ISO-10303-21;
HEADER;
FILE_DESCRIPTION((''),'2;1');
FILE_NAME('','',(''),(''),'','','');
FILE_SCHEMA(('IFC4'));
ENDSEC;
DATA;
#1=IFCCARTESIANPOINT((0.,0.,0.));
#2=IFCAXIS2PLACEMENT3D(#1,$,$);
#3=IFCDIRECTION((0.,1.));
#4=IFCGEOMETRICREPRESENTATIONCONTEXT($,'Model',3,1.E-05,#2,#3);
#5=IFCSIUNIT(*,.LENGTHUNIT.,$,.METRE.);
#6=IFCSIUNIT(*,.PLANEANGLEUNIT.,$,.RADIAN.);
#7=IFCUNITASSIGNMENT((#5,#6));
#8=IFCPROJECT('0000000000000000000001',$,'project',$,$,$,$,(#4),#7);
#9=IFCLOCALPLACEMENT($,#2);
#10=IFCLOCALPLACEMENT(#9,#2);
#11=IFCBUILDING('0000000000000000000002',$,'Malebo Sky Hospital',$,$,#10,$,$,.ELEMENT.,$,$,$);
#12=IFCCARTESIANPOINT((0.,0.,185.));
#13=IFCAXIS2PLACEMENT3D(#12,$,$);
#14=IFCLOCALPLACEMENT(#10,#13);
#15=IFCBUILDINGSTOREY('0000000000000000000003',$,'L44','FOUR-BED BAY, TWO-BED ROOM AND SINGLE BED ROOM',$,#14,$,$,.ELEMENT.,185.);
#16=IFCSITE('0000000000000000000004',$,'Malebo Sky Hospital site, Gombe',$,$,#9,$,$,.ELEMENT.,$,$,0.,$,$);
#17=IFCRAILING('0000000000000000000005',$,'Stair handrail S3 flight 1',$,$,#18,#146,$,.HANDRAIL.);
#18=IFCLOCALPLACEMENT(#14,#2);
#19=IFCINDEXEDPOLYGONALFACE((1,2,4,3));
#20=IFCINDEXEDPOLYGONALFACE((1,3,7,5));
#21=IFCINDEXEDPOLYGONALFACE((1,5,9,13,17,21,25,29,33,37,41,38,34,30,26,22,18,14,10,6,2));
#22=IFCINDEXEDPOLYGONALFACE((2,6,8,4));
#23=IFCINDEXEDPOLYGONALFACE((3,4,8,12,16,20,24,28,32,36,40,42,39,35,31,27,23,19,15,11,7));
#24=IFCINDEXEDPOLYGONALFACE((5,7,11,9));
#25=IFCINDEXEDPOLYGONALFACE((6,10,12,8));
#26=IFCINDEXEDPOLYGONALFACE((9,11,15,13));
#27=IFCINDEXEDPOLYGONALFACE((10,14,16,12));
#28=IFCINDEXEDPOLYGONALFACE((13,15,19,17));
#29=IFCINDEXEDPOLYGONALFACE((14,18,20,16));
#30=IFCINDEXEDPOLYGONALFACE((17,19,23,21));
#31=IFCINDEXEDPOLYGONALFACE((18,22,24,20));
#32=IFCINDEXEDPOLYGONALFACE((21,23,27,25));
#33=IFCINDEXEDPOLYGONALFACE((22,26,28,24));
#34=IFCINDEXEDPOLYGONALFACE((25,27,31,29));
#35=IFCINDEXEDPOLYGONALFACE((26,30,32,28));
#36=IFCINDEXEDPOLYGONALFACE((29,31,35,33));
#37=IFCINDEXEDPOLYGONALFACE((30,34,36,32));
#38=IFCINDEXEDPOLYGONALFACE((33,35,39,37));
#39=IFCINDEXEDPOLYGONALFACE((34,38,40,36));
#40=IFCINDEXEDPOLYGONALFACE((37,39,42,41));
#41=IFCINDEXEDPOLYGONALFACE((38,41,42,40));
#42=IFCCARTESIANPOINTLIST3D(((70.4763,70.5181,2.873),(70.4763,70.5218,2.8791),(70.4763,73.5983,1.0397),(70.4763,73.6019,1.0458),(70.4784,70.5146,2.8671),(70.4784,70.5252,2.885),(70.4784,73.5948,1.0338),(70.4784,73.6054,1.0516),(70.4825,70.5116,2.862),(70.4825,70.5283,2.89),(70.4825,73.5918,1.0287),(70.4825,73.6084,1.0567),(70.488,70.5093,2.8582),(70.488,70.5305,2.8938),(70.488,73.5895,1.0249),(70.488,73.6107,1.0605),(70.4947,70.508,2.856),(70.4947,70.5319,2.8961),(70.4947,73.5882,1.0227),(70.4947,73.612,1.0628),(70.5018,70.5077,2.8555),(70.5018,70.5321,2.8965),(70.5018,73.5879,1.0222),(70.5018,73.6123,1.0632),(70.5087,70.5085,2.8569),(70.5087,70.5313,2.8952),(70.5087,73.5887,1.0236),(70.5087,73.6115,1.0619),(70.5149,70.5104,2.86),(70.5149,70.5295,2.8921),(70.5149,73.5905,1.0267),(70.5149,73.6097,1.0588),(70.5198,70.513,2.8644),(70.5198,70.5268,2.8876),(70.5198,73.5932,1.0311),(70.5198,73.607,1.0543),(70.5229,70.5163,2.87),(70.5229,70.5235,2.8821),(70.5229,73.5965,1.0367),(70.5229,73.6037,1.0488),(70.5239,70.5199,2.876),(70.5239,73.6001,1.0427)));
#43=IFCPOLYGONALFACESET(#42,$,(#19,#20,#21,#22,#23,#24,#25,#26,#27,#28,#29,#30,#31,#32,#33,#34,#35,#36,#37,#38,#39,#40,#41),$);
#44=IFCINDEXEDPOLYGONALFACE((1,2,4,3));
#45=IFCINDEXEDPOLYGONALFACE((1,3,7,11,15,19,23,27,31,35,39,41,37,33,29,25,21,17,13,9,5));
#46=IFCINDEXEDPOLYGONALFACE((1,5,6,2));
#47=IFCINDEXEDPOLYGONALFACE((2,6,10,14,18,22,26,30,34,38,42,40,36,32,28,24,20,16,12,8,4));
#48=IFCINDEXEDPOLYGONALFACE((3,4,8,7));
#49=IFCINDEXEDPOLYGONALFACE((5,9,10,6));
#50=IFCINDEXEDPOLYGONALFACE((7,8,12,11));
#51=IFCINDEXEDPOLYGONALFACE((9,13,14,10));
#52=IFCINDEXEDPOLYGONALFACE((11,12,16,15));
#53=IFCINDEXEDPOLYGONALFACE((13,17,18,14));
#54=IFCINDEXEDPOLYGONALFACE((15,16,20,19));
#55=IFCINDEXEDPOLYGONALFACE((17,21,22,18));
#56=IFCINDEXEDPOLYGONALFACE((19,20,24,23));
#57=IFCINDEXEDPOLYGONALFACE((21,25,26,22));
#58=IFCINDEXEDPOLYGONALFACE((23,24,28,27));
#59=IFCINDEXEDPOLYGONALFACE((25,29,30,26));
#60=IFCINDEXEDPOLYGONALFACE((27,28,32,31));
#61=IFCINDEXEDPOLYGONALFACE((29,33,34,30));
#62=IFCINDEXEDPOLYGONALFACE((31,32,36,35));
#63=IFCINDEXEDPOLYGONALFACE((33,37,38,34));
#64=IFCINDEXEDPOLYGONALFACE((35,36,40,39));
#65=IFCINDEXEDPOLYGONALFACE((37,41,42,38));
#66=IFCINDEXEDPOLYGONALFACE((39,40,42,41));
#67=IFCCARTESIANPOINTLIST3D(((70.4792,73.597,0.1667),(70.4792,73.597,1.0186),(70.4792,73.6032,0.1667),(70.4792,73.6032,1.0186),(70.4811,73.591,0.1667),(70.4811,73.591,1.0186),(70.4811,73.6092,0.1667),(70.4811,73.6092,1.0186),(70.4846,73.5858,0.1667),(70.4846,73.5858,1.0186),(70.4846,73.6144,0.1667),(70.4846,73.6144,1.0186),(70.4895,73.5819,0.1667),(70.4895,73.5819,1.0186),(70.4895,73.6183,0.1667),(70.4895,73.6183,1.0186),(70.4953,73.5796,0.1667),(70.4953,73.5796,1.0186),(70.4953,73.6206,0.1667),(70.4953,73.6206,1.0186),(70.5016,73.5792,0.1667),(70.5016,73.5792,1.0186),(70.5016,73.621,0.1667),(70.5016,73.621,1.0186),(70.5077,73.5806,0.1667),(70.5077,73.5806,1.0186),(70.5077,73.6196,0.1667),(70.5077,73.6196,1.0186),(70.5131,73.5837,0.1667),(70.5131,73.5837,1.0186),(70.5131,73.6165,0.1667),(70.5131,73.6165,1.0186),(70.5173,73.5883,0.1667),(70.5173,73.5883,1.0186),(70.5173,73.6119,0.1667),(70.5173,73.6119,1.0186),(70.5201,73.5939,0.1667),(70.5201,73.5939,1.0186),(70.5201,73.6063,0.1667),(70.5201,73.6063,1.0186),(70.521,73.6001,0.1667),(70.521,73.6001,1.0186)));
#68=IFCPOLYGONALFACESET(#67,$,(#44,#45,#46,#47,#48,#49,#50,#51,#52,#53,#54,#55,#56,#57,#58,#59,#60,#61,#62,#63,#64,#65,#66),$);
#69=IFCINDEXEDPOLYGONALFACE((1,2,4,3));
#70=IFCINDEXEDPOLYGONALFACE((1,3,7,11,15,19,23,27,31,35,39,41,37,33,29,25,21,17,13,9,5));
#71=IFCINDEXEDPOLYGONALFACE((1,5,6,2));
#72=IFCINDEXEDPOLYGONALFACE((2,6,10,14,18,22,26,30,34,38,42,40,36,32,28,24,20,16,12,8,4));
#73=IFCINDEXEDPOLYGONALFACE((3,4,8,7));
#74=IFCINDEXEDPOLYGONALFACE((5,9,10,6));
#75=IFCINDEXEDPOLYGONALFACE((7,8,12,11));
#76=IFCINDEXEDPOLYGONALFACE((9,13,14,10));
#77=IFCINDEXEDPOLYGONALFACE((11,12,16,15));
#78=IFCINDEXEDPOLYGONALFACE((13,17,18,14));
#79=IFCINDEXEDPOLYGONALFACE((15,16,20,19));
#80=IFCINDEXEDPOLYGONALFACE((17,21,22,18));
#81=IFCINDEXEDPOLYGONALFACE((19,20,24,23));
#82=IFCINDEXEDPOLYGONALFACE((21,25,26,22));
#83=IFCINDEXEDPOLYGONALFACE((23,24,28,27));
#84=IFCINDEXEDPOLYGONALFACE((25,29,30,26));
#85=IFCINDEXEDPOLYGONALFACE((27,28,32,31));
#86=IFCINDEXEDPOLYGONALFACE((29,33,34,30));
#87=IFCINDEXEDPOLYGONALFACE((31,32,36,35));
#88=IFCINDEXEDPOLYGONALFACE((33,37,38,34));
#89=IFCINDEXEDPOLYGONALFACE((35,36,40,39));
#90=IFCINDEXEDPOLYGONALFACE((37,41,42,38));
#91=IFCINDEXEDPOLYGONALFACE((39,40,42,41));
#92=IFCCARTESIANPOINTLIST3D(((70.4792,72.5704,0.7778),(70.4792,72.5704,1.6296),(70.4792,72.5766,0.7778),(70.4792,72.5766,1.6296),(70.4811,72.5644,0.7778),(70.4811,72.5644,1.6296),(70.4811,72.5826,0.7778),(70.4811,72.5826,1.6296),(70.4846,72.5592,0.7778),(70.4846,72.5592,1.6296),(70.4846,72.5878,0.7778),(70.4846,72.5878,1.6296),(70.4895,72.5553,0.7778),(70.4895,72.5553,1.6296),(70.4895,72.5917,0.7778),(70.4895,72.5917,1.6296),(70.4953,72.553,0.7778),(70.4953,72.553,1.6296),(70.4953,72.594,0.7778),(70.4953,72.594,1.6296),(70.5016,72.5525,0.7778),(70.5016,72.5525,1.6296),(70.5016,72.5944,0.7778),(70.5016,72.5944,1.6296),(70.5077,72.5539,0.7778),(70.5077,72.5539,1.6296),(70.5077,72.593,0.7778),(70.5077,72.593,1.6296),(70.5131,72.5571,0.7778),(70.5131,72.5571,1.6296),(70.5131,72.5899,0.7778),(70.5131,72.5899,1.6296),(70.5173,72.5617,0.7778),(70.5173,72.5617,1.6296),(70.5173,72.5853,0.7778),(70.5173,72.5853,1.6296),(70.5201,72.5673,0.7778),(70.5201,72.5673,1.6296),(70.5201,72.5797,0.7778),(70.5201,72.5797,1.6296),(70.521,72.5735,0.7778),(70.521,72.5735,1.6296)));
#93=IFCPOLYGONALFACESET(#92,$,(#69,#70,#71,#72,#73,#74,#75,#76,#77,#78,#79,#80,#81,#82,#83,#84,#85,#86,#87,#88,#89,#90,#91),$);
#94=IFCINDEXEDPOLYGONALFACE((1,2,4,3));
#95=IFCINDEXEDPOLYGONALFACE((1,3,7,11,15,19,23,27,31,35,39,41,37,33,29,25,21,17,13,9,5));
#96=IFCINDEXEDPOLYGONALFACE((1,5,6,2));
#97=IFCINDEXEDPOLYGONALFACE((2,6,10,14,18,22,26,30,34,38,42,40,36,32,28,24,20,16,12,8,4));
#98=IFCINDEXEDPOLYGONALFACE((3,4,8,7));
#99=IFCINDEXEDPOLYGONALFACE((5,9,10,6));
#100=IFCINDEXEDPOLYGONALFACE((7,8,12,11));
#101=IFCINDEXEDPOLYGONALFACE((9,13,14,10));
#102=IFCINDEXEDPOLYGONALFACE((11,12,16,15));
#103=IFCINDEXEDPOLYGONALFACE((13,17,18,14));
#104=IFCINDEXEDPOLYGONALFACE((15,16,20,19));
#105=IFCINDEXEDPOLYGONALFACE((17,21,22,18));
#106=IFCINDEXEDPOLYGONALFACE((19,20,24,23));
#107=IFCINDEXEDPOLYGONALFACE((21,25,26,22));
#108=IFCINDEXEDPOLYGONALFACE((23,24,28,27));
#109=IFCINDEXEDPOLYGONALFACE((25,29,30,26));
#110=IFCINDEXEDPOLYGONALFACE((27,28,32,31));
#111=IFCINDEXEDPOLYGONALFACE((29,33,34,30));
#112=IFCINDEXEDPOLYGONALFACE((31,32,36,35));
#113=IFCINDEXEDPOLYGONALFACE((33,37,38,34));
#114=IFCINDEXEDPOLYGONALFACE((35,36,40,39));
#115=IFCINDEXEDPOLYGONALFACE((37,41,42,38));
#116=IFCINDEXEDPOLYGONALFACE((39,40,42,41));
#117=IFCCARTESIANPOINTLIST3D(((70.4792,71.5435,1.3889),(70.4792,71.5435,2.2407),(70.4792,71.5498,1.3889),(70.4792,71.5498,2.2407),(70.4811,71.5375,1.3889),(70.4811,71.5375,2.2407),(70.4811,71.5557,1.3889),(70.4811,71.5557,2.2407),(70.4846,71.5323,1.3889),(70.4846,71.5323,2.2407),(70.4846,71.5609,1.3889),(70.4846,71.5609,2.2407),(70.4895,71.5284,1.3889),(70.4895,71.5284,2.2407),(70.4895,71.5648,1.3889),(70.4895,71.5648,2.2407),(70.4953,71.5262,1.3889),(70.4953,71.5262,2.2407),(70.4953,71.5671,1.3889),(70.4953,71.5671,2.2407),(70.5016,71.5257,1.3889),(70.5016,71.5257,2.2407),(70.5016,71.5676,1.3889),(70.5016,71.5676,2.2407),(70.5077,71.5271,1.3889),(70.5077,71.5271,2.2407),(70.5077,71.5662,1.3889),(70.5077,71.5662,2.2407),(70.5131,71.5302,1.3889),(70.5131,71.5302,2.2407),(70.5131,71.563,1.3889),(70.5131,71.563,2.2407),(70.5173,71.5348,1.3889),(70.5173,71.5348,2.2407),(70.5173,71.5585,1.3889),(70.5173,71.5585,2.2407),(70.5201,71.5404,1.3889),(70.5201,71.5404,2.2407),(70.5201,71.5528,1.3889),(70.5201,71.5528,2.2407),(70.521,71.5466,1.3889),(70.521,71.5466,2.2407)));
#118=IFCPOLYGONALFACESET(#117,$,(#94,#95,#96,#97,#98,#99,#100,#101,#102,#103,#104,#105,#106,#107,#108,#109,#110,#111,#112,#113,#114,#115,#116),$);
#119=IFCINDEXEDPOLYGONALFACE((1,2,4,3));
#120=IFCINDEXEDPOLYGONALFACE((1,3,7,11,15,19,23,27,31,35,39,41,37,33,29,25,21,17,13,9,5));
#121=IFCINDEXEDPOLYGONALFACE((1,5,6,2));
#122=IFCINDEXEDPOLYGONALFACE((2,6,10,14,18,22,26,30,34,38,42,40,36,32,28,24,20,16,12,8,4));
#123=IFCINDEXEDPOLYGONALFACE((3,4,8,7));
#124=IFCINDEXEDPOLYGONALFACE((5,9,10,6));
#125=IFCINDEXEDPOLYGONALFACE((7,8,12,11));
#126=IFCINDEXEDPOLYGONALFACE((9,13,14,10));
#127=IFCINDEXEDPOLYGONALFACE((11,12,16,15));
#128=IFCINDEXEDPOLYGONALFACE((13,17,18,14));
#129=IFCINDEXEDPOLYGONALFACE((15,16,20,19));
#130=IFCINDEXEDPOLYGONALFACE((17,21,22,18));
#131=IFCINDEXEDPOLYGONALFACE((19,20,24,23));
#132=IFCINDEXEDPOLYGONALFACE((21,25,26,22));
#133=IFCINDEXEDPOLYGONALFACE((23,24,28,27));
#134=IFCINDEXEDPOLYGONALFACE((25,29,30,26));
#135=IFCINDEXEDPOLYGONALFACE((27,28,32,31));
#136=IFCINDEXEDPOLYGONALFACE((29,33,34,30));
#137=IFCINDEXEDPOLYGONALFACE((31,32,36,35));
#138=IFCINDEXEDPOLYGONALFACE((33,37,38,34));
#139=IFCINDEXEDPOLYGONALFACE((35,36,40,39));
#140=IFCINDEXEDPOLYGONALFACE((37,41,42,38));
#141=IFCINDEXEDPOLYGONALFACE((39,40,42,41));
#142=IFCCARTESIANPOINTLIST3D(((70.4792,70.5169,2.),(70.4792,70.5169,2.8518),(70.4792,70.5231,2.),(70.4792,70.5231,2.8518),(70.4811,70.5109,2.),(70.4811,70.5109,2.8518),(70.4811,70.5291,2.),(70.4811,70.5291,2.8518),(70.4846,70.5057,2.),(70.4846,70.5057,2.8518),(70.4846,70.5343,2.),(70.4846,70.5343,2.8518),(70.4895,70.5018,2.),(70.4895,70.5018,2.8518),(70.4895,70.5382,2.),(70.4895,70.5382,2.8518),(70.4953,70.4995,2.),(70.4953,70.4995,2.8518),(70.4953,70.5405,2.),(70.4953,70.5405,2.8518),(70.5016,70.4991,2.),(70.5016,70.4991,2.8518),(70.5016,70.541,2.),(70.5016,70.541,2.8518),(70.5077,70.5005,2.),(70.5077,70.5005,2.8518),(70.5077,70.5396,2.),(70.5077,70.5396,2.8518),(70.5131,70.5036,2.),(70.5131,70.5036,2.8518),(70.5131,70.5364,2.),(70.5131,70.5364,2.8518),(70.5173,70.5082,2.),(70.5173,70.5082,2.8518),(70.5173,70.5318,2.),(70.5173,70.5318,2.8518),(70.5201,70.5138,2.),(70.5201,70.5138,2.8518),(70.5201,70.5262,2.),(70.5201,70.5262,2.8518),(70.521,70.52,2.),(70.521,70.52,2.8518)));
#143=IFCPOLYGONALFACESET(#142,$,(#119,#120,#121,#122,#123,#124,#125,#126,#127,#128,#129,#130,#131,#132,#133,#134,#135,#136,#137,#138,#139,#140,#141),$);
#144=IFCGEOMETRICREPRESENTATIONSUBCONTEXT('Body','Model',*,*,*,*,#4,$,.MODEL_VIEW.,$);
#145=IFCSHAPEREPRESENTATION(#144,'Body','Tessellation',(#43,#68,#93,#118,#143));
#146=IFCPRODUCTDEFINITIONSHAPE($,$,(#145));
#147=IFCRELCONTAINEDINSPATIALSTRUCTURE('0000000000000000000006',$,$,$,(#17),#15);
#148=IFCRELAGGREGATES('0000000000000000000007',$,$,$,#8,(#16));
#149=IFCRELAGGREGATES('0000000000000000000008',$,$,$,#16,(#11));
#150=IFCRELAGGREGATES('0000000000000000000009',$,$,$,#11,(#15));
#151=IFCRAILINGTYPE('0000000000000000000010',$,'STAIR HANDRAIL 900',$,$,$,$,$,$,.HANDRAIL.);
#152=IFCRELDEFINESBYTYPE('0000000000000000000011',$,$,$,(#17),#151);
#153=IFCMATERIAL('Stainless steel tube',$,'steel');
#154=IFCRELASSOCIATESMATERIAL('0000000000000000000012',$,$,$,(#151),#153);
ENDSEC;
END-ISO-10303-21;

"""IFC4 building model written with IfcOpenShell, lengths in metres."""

from ifc_helpers import new_model, si_unit, direction, frame, origin, origin_2d, place, context, subcontext, project, spatial, circle, extrude, material, type_object, element, save


model = new_model("IFC4")

# Units and contexts
model_context = context("Model", 3, precision=1e-05, world=origin(), true_north=direction((0.0, 1.0)))
body_context = subcontext(model_context, "Body", "Model", "MODEL_VIEW")
ifc_project = project(units=[si_unit("LENGTHUNIT", "METRE"), si_unit("PLANEANGLEUNIT", "RADIAN")], contexts=[model_context])

# Site, building, storey
site_placement = place(None, origin())
site = spatial("IfcSite", under=ifc_project, at=site_placement, Name="Malebo Sky Hospital site, Gombe", CompositionType="ELEMENT", RefElevation=0.0)
building_placement = place(site_placement, origin())
building = spatial("IfcBuilding", under=site, at=building_placement, Name="Malebo Sky Hospital", CompositionType="ELEMENT")
storey_placement = place(building_placement, frame((0.0, 0.0, 185.0)))
storey = spatial("IfcBuildingStorey", under=building, at=storey_placement, Name="L44", Description="FOUR-BED BAY, TWO-BED ROOM AND SINGLE BED ROOM", CompositionType="ELEMENT", Elevation=185.0)

# Railing
ifc_material_1 = material(Name="Stainless steel tube", Category="steel")
railing_type = type_object("IfcRailingType", Name="STAIR HANDRAIL 900", PredefinedType="HANDRAIL", material=ifc_material_1)
railing_1_placement = place(storey_placement, frame((70.5, 73.6001, 0.1667)))
element("IfcRailing", 1, at=railing_1_placement, inside=storey, type_object=railing_type, Name="Stair handrail S3 flight 1", PredefinedType="HANDRAIL", context=body_context, shape_type="SweptSolid", body=[
    extrude(circle(Radius=0.0239, at=origin_2d()), frame((0.0, 0.0, 0.876), z_axis=(0.0, -0.859309, 0.511458), x_axis=(1.0, 0.0, 0.0)), (0.0, 0.0, 1.0), 3.5845),
    extrude(circle(Radius=0.021, at=origin_2d()), origin(), (0.0, 0.0, 1.0), 0.8518),
    extrude(circle(Radius=0.021, at=origin_2d()), frame((0.0, -1.0266, 0.6111)), (0.0, 0.0, 1.0), 0.8518),
    extrude(circle(Radius=0.021, at=origin_2d()), frame((0.0, -2.0535, 1.2222)), (0.0, 0.0, 1.0), 0.8518),
    extrude(circle(Radius=0.021, at=origin_2d()), frame((0.0, -3.0801, 1.8333)), (0.0, 0.0, 1.0), 0.8518),
])

save(model, "model.ifc")
